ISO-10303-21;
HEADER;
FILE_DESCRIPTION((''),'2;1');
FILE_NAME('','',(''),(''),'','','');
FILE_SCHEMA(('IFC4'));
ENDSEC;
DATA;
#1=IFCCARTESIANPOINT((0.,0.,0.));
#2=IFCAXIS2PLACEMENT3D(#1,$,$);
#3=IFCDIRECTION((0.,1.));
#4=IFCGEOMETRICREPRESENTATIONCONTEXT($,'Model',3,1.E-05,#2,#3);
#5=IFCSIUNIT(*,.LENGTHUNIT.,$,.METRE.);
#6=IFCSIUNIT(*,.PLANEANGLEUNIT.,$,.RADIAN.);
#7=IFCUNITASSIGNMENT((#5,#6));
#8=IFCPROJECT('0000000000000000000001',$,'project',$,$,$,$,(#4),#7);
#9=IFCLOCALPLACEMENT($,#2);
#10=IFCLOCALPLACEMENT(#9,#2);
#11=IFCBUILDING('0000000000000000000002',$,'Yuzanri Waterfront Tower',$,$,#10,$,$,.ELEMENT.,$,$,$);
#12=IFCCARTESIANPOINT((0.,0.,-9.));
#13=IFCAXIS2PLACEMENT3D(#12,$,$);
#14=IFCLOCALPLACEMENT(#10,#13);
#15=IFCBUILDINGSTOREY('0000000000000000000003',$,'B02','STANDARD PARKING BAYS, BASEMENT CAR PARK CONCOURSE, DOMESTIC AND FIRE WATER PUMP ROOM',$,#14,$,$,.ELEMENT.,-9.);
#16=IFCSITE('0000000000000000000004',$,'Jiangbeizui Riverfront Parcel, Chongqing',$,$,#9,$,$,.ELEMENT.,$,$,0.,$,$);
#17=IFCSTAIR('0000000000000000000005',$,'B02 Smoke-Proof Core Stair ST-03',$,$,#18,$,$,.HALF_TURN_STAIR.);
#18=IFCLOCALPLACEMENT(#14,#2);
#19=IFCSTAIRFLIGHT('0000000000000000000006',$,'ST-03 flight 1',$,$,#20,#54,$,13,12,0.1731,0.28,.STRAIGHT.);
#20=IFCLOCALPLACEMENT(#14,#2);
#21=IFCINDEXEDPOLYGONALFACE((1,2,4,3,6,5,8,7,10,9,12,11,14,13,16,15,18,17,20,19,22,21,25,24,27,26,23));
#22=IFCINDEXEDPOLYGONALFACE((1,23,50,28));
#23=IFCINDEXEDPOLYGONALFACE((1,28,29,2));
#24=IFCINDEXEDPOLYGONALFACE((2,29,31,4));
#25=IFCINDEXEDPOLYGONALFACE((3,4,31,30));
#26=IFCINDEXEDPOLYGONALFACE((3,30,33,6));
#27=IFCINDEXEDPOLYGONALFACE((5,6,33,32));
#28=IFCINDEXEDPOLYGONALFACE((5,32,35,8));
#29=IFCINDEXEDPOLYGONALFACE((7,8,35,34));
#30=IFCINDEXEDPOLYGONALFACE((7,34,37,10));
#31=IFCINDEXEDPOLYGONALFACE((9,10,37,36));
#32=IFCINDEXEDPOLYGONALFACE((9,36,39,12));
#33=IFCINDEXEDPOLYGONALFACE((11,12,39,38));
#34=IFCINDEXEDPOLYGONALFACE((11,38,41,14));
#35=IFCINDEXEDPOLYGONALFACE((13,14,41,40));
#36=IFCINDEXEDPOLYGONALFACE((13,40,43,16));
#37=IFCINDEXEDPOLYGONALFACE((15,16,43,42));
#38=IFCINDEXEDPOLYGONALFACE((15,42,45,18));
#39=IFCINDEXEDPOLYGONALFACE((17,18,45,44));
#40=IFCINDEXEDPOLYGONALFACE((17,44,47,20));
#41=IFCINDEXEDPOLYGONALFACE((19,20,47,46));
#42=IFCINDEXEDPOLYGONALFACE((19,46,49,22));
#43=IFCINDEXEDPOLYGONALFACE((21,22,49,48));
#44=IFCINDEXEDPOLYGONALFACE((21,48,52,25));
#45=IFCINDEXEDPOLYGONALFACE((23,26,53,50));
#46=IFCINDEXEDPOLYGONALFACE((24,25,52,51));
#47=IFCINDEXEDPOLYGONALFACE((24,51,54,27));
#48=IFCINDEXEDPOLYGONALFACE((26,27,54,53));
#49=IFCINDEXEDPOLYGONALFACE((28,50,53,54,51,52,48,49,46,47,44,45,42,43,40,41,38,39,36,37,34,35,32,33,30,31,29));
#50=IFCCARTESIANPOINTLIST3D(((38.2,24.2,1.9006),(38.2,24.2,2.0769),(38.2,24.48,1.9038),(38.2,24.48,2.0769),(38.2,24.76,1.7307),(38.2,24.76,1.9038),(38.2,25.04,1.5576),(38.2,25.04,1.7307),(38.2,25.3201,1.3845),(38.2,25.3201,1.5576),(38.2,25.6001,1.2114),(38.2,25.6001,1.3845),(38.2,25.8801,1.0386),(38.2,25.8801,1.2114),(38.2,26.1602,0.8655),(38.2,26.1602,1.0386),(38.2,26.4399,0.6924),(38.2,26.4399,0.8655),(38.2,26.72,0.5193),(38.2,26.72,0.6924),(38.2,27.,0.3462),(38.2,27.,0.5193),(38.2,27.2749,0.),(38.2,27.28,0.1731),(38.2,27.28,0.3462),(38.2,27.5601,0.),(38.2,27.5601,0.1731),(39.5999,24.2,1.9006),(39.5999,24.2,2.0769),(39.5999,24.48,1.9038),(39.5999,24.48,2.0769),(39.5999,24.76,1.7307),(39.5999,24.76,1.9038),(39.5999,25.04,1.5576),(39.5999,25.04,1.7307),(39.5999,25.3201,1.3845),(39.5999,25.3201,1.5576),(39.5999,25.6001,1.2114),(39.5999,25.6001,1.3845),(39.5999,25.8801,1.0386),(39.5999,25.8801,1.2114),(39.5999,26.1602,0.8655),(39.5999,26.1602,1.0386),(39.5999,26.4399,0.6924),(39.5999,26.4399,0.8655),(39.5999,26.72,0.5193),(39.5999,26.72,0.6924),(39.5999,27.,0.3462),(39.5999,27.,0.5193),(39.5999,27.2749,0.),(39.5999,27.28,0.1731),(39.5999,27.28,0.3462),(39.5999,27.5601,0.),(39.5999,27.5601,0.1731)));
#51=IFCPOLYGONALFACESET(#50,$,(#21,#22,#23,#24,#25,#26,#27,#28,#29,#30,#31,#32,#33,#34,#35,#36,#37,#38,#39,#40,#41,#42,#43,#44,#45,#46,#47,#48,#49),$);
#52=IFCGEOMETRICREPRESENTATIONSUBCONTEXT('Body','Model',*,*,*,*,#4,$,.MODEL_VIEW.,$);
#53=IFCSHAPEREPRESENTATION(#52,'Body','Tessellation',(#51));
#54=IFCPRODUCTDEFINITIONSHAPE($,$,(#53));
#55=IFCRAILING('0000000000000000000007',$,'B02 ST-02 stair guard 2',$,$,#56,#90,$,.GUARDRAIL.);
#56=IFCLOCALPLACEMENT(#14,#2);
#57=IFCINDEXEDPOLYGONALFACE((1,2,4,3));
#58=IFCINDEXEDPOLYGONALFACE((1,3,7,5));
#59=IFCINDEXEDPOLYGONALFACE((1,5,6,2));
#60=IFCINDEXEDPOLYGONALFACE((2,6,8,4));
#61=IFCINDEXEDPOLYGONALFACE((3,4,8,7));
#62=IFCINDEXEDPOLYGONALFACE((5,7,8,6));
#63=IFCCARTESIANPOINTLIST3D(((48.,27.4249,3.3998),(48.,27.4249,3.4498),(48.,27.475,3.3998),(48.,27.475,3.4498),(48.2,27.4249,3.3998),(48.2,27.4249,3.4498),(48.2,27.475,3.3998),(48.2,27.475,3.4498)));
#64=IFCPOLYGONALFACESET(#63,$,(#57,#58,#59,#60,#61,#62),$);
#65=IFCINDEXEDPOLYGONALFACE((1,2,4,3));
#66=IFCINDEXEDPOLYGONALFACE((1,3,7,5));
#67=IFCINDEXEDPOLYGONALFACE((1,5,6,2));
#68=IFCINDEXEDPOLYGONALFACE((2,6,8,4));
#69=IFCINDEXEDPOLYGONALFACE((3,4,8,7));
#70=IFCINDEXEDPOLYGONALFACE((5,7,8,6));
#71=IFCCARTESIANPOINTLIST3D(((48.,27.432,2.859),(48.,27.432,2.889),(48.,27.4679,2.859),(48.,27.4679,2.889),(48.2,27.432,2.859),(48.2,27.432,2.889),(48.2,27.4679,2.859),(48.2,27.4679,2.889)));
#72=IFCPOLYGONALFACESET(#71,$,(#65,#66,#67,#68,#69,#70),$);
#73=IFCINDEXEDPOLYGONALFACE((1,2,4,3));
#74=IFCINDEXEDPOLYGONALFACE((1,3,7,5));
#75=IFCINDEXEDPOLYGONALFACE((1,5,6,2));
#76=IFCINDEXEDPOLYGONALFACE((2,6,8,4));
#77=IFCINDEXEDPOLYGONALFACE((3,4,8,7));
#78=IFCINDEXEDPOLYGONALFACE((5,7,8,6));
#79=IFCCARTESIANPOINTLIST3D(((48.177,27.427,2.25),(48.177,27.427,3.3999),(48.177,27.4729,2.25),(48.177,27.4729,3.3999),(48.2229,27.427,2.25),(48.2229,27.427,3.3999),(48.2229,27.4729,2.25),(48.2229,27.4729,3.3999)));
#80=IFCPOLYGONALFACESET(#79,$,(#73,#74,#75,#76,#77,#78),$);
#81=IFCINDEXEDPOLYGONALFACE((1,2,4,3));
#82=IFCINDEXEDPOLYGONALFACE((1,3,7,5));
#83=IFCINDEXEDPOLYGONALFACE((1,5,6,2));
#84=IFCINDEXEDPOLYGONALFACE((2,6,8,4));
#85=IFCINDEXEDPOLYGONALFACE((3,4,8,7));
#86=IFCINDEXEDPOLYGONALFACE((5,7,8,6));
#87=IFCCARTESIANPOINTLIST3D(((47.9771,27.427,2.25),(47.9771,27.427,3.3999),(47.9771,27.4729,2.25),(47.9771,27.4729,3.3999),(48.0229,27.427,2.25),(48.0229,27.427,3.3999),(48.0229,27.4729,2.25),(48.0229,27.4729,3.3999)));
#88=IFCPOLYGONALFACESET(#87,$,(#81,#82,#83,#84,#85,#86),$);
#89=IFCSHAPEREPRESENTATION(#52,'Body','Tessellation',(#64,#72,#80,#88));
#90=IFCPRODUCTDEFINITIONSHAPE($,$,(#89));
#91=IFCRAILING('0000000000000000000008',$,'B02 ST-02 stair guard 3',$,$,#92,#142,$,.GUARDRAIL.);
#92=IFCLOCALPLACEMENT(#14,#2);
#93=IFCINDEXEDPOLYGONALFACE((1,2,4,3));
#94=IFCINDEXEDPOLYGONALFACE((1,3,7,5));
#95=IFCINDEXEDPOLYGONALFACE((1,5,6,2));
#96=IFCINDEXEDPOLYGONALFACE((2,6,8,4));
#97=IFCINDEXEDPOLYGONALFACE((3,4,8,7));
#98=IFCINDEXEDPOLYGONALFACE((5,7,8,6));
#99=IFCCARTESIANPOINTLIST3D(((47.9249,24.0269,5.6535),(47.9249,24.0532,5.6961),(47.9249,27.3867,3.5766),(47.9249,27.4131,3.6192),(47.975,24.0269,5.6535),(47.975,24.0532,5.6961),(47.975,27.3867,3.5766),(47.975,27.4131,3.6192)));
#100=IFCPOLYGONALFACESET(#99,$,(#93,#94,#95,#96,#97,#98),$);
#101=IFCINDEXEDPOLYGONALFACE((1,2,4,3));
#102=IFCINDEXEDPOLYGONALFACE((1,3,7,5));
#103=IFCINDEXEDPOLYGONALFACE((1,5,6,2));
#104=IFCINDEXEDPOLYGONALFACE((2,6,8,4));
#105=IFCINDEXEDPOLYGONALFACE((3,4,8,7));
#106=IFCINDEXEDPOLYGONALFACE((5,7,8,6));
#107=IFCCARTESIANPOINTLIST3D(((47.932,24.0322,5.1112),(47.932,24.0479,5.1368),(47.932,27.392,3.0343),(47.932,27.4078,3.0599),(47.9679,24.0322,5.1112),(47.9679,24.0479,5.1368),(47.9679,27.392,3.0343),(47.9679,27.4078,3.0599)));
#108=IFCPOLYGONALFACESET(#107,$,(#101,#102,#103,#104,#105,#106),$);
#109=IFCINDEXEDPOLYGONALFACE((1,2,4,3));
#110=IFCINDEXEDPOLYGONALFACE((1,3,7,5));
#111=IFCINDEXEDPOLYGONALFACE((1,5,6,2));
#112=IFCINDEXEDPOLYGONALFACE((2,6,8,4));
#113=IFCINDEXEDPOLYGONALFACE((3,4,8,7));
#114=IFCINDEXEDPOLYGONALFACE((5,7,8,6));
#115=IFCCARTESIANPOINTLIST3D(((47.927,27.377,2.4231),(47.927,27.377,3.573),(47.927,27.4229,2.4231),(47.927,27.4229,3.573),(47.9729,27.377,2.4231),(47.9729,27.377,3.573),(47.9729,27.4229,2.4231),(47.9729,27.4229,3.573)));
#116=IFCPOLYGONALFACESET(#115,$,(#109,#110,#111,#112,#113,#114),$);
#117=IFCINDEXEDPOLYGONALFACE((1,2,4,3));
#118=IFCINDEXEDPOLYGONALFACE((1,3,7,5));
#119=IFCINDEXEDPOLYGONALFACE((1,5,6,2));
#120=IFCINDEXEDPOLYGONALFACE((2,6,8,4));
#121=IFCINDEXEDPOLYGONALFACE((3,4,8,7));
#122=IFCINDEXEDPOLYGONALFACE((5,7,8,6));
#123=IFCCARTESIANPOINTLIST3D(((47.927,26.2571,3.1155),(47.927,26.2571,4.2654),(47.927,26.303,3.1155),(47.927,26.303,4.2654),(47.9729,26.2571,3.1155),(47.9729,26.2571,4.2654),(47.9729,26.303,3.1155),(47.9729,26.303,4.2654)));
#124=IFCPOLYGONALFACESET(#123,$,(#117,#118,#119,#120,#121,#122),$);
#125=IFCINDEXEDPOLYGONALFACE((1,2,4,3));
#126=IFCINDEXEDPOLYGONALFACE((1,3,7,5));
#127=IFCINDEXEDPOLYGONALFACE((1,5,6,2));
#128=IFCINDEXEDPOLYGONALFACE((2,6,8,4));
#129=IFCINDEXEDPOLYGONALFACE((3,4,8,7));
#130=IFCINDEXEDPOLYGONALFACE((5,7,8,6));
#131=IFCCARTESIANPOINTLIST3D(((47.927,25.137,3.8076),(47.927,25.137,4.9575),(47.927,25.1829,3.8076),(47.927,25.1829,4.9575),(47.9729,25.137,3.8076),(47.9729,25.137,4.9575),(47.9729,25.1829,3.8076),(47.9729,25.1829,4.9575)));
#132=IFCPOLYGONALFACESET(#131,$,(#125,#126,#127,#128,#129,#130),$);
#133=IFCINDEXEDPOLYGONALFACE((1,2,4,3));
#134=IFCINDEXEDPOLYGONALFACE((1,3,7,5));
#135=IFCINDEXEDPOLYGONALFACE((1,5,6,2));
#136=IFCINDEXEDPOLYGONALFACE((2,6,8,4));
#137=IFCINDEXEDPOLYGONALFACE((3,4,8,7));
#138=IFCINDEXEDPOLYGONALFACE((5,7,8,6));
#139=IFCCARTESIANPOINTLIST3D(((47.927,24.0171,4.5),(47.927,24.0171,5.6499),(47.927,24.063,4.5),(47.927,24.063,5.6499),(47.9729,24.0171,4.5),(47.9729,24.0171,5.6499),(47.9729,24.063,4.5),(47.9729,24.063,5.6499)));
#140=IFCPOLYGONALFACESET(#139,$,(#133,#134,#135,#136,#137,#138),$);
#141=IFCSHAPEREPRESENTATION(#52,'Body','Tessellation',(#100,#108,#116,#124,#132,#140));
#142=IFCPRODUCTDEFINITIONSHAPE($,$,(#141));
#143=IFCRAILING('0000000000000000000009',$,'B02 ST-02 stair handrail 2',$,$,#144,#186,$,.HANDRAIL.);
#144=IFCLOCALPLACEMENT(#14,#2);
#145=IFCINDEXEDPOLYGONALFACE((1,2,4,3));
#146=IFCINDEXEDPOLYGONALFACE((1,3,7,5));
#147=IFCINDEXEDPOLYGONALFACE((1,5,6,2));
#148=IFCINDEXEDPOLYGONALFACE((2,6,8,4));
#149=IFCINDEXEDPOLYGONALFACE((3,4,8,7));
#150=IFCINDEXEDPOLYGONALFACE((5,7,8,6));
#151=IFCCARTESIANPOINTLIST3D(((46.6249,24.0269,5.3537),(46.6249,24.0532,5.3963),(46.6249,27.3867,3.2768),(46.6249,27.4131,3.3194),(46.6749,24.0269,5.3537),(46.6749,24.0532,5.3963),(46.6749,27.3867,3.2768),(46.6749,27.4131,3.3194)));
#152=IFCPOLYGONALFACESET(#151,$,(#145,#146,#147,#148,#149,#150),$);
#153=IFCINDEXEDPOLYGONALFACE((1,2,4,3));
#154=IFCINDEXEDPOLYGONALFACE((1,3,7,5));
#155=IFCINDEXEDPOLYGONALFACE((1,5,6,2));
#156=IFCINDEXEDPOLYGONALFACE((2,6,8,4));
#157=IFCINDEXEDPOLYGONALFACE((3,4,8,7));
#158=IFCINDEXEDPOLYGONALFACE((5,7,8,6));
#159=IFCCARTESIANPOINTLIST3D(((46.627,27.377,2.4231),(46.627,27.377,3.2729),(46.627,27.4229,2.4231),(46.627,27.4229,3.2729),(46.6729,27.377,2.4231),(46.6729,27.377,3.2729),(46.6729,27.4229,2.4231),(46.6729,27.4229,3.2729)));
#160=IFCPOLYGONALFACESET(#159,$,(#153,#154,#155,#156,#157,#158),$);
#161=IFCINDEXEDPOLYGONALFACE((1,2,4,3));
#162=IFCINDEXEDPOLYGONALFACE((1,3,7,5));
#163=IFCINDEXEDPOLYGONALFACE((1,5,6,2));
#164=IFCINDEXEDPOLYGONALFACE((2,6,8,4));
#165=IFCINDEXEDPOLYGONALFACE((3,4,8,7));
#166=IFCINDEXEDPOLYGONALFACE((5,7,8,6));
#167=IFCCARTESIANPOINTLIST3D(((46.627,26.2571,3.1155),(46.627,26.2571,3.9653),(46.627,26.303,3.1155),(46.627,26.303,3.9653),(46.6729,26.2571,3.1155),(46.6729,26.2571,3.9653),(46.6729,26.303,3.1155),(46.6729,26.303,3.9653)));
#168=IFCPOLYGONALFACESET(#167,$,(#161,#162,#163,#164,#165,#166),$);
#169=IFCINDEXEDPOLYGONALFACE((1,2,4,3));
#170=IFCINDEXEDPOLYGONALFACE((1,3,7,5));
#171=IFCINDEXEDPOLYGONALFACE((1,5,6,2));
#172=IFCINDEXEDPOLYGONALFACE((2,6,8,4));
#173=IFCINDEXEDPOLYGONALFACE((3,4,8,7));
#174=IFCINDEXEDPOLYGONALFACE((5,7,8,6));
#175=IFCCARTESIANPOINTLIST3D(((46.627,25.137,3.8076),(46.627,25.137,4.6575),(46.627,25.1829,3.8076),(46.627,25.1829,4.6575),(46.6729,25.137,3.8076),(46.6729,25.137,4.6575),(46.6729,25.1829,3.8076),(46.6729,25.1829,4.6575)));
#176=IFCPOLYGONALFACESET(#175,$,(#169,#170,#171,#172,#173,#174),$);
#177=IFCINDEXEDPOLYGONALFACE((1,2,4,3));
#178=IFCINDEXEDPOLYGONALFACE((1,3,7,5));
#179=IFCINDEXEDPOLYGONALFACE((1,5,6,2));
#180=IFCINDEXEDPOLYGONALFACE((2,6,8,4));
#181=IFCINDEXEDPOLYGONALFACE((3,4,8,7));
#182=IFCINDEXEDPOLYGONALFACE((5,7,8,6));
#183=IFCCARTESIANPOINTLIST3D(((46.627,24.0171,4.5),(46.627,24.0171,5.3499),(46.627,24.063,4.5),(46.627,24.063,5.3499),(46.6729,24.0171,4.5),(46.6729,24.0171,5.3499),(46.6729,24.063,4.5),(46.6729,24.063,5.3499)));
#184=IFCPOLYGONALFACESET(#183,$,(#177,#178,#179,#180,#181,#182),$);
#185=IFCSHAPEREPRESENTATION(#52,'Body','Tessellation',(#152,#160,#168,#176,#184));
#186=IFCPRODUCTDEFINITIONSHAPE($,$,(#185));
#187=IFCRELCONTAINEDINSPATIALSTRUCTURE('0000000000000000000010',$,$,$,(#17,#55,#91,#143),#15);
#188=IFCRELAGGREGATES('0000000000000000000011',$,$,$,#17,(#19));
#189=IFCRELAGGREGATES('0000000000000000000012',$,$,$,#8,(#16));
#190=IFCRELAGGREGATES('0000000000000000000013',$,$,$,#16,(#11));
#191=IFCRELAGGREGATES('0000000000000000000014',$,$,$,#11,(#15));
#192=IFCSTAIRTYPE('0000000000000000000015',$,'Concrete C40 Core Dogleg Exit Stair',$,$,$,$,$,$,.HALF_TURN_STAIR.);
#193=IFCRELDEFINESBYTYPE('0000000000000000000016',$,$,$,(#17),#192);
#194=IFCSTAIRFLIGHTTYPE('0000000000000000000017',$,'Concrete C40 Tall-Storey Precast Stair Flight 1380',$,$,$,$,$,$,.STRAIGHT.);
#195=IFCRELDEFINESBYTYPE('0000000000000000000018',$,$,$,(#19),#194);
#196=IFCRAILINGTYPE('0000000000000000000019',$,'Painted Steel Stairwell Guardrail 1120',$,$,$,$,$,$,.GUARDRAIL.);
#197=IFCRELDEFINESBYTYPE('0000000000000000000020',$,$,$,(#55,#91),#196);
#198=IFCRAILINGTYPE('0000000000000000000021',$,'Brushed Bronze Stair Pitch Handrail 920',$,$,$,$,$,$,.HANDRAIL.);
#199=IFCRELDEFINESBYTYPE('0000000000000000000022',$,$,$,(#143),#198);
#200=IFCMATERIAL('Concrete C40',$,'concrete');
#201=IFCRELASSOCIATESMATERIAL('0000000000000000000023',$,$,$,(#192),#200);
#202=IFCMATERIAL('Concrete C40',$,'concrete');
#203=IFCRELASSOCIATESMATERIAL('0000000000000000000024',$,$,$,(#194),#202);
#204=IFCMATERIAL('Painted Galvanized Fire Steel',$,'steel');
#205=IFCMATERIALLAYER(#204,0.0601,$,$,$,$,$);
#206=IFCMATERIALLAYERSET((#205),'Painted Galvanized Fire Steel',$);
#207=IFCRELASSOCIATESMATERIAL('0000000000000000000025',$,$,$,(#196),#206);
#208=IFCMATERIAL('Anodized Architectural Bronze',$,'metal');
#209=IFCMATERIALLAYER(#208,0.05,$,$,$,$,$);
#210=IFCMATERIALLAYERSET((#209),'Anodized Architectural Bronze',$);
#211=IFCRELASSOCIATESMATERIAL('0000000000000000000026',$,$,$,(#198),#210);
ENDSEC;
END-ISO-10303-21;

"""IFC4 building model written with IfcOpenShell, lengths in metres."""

from ifc_helpers import new_model, si_unit, direction, frame, origin, origin_2d, place, context, subcontext, project, spatial, polyline, rectangle, outline, extrude, source, transform, mapped, material, layer, layer_set, type_object, element, aggregate, save


model = new_model("IFC4")

# Units and contexts
model_context = context("Model", 3, precision=1e-05, world=origin(), true_north=direction((0.0, 1.0)))
body_context = subcontext(model_context, "Body", "Model", "MODEL_VIEW")
ifc_project = project(units=[si_unit("LENGTHUNIT", "METRE"), si_unit("PLANEANGLEUNIT", "RADIAN")], contexts=[model_context])

# Site, building, storey
site_placement = place(None, origin())
site = spatial("IfcSite", under=ifc_project, at=site_placement, Name="Jiangbeizui Riverfront Parcel, Chongqing", CompositionType="ELEMENT", RefElevation=0.0)
building_placement = place(site_placement, origin())
building = spatial("IfcBuilding", under=site, at=building_placement, Name="Yuzanri Waterfront Tower", CompositionType="ELEMENT")
storey_placement = place(building_placement, frame((0.0, 0.0, -9.0)))
storey = spatial("IfcBuildingStorey", under=building, at=storey_placement, Name="B02", Description="STANDARD PARKING BAYS, BASEMENT CAR PARK CONCOURSE, DOMESTIC AND FIRE WATER PUMP ROOM", CompositionType="ELEMENT", Elevation=-9.0)

# Stair, stair flight
ifc_material_1 = material(Name="Concrete C40", Category="concrete")
stair_type = type_object("IfcStairType", Name="Concrete C40 Core Dogleg Exit Stair", PredefinedType="HALF_TURN_STAIR", material=ifc_material_1)
ifc_material_2 = material(Name="Concrete C40", Category="concrete")
stair_flight_type = type_object("IfcStairFlightType", Name="Concrete C40 Tall-Storey Precast Stair Flight 1380", PredefinedType="STRAIGHT", material=ifc_material_2)
shared_shape_1 = source(origin(), body_context, "Body", "SweptSolid", [
    extrude(outline(polyline([(0.0, 0.0), (0.0, 0.1731), (0.28, 0.1731), (0.28, 0.3462), (0.5601, 0.3462), (0.5601, 0.5193), (0.8401, 0.5193), (0.8401, 0.6924), (1.1201, 0.6924), (1.1201, 0.8655), (1.3999, 0.8655), (1.3999, 1.0386), (1.6799, 1.0386), (1.6799, 1.2114), (1.96, 1.2114), (1.96, 1.3845), (2.24, 1.3845), (2.24, 1.5576), (2.52, 1.5576), (2.52, 1.7307), (2.8, 1.7307), (2.8, 1.9038), (3.0801, 1.9038), (3.0801, 2.0769), (3.3601, 2.0769), (3.3601, 2.25), (3.3601, 1.9006), (0.2852, 0.0), (0.0, 0.0)])), frame((0.0, 0.7, 0.0), z_axis=(0.0, -1.0, 0.0), x_axis=(1.0, 0.0, 0.0)), (0.0, 0.0, 1.0), 1.3999),
])
stair_1_placement = place(storey_placement, origin())
stair_1 = element("IfcStair", 1, at=stair_1_placement, inside=storey, type_object=stair_type, Name="B02 Smoke-Proof Core Stair ST-03", PredefinedType="HALF_TURN_STAIR")
stair_flight_1_placement = place(storey_placement, frame((38.8999, 27.5601, 0.0), z_axis=(0.0, 0.0, 1.0), x_axis=(0.0, -1.0, 0.0)))
stair_flight_1 = element("IfcStairFlight", 2, at=stair_flight_1_placement, type_object=stair_flight_type, Name="ST-03 flight 1", NumberOfRisers=13, NumberOfTreads=12, PredefinedType="STRAIGHT", RiserHeight=0.1731, TreadLength=0.28, context=body_context, shape_type="MappedRepresentation", body=[
    mapped(shared_shape_1, transform((0.0, 0.0, 0.0), scale=1.0)),
])
aggregate(stair_1, [stair_flight_1])

# Railings
ifc_material_3 = material(Name="Painted Galvanized Fire Steel", Category="steel")
ifc_layer_1 = layer(ifc_material_3, 0.0601)
ifc_layer_set_1 = layer_set([ifc_layer_1], Name="Painted Galvanized Fire Steel")
railing_type_1 = type_object("IfcRailingType", Name="Painted Steel Stairwell Guardrail 1120", PredefinedType="GUARDRAIL", material=ifc_layer_set_1)
shared_shape_2 = source(origin(), body_context, "Body", "SweptSolid", [
    extrude(rectangle(XDim=0.05, YDim=0.05, at=origin_2d()), frame((0.0, 0.0, 1.1748), z_axis=(-1.0, 0.0, 0.0), x_axis=(0.0, -1.0, 0.0)), (0.0, 0.0, 1.0), 0.2),
    extrude(rectangle(XDim=0.0359, YDim=0.03, at=origin_2d()), frame((0.0, 0.0, 0.624), z_axis=(-1.0, 0.0, 0.0), x_axis=(0.0, -1.0, 0.0)), (0.0, 0.0, 1.0), 0.2),
    extrude(rectangle(XDim=0.0459, YDim=0.0459, at=origin_2d()), origin(), (0.0, 0.0, 1.0), 1.1499),
    extrude(rectangle(XDim=0.0459, YDim=0.0459, at=origin_2d()), frame((-0.2, 0.0, 0.0)), (0.0, 0.0, 1.0), 1.1499),
])
railing_1_placement = place(storey_placement, frame((48.2, 27.45, 2.25)))
element("IfcRailing", 3, at=railing_1_placement, inside=storey, type_object=railing_type_1, Name="B02 ST-02 stair guard 2", PredefinedType="GUARDRAIL", context=body_context, shape_type="MappedRepresentation", body=[
    mapped(shared_shape_2, transform((0.0, 0.0, 0.0), scale=1.0)),
])
shared_shape_3 = source(origin(), body_context, "Body", "SweptSolid", [
    extrude(rectangle(XDim=0.05, YDim=0.05, at=origin_2d()), frame((0.0, 0.0, 1.1748), z_axis=(0.0, -0.850606, 0.525803), x_axis=(1.0, 0.0, 0.0)), (0.0, 0.0, 1.0), 3.95),
    extrude(rectangle(XDim=0.0359, YDim=0.03, at=origin_2d()), frame((0.0, 0.0, 0.624), z_axis=(0.0, -0.850606, 0.525803), x_axis=(1.0, 0.0, 0.0)), (0.0, 0.0, 1.0), 3.95),
    extrude(rectangle(XDim=0.0459, YDim=0.0459, at=origin_2d()), origin(), (0.0, 0.0, 1.0), 1.1499),
    extrude(rectangle(XDim=0.0459, YDim=0.0459, at=origin_2d()), frame((0.0, -1.1199, 0.6924)), (0.0, 0.0, 1.0), 1.1499),
    extrude(rectangle(XDim=0.0459, YDim=0.0459, at=origin_2d()), frame((0.0, -2.24, 1.3845)), (0.0, 0.0, 1.0), 1.1499),
    extrude(rectangle(XDim=0.0459, YDim=0.0459, at=origin_2d()), frame((0.0, -3.3599, 2.0769)), (0.0, 0.0, 1.0), 1.1499),
])
railing_2_placement = place(storey_placement, frame((47.95, 27.3999, 2.4231)))
element("IfcRailing", 4, at=railing_2_placement, inside=storey, type_object=railing_type_1, Name="B02 ST-02 stair guard 3", PredefinedType="GUARDRAIL", context=body_context, shape_type="MappedRepresentation", body=[
    mapped(shared_shape_3, transform((0.0, 0.0, 0.0), scale=1.0)),
])
ifc_material_4 = material(Name="Anodized Architectural Bronze", Category="metal")
ifc_layer_2 = layer(ifc_material_4, 0.05)
ifc_layer_set_2 = layer_set([ifc_layer_2], Name="Anodized Architectural Bronze")
railing_type_2 = type_object("IfcRailingType", Name="Brushed Bronze Stair Pitch Handrail 920", PredefinedType="HANDRAIL", material=ifc_layer_set_2)
shared_shape_4 = source(origin(), body_context, "Body", "SweptSolid", [
    extrude(rectangle(XDim=0.05, YDim=0.05, at=origin_2d()), frame((0.0, 0.0, 0.875), z_axis=(0.0, -0.850606, 0.525803), x_axis=(1.0, 0.0, 0.0)), (0.0, 0.0, 1.0), 3.95),
    extrude(rectangle(XDim=0.0459, YDim=0.0459, at=origin_2d()), origin(), (0.0, 0.0, 1.0), 0.8499),
    extrude(rectangle(XDim=0.0459, YDim=0.0459, at=origin_2d()), frame((0.0, -1.1199, 0.6924)), (0.0, 0.0, 1.0), 0.8499),
    extrude(rectangle(XDim=0.0459, YDim=0.0459, at=origin_2d()), frame((0.0, -2.24, 1.3845)), (0.0, 0.0, 1.0), 0.8499),
    extrude(rectangle(XDim=0.0459, YDim=0.0459, at=origin_2d()), frame((0.0, -3.3599, 2.0769)), (0.0, 0.0, 1.0), 0.8499),
])
railing_3_placement = place(storey_placement, frame((46.6499, 27.3999, 2.4231)))
element("IfcRailing", 5, at=railing_3_placement, inside=storey, type_object=railing_type_2, Name="B02 ST-02 stair handrail 2", PredefinedType="HANDRAIL", context=body_context, shape_type="MappedRepresentation", body=[
    mapped(shared_shape_4, transform((0.0, 0.0, 0.0), scale=1.0)),
])

save(model, "model.ifc")
